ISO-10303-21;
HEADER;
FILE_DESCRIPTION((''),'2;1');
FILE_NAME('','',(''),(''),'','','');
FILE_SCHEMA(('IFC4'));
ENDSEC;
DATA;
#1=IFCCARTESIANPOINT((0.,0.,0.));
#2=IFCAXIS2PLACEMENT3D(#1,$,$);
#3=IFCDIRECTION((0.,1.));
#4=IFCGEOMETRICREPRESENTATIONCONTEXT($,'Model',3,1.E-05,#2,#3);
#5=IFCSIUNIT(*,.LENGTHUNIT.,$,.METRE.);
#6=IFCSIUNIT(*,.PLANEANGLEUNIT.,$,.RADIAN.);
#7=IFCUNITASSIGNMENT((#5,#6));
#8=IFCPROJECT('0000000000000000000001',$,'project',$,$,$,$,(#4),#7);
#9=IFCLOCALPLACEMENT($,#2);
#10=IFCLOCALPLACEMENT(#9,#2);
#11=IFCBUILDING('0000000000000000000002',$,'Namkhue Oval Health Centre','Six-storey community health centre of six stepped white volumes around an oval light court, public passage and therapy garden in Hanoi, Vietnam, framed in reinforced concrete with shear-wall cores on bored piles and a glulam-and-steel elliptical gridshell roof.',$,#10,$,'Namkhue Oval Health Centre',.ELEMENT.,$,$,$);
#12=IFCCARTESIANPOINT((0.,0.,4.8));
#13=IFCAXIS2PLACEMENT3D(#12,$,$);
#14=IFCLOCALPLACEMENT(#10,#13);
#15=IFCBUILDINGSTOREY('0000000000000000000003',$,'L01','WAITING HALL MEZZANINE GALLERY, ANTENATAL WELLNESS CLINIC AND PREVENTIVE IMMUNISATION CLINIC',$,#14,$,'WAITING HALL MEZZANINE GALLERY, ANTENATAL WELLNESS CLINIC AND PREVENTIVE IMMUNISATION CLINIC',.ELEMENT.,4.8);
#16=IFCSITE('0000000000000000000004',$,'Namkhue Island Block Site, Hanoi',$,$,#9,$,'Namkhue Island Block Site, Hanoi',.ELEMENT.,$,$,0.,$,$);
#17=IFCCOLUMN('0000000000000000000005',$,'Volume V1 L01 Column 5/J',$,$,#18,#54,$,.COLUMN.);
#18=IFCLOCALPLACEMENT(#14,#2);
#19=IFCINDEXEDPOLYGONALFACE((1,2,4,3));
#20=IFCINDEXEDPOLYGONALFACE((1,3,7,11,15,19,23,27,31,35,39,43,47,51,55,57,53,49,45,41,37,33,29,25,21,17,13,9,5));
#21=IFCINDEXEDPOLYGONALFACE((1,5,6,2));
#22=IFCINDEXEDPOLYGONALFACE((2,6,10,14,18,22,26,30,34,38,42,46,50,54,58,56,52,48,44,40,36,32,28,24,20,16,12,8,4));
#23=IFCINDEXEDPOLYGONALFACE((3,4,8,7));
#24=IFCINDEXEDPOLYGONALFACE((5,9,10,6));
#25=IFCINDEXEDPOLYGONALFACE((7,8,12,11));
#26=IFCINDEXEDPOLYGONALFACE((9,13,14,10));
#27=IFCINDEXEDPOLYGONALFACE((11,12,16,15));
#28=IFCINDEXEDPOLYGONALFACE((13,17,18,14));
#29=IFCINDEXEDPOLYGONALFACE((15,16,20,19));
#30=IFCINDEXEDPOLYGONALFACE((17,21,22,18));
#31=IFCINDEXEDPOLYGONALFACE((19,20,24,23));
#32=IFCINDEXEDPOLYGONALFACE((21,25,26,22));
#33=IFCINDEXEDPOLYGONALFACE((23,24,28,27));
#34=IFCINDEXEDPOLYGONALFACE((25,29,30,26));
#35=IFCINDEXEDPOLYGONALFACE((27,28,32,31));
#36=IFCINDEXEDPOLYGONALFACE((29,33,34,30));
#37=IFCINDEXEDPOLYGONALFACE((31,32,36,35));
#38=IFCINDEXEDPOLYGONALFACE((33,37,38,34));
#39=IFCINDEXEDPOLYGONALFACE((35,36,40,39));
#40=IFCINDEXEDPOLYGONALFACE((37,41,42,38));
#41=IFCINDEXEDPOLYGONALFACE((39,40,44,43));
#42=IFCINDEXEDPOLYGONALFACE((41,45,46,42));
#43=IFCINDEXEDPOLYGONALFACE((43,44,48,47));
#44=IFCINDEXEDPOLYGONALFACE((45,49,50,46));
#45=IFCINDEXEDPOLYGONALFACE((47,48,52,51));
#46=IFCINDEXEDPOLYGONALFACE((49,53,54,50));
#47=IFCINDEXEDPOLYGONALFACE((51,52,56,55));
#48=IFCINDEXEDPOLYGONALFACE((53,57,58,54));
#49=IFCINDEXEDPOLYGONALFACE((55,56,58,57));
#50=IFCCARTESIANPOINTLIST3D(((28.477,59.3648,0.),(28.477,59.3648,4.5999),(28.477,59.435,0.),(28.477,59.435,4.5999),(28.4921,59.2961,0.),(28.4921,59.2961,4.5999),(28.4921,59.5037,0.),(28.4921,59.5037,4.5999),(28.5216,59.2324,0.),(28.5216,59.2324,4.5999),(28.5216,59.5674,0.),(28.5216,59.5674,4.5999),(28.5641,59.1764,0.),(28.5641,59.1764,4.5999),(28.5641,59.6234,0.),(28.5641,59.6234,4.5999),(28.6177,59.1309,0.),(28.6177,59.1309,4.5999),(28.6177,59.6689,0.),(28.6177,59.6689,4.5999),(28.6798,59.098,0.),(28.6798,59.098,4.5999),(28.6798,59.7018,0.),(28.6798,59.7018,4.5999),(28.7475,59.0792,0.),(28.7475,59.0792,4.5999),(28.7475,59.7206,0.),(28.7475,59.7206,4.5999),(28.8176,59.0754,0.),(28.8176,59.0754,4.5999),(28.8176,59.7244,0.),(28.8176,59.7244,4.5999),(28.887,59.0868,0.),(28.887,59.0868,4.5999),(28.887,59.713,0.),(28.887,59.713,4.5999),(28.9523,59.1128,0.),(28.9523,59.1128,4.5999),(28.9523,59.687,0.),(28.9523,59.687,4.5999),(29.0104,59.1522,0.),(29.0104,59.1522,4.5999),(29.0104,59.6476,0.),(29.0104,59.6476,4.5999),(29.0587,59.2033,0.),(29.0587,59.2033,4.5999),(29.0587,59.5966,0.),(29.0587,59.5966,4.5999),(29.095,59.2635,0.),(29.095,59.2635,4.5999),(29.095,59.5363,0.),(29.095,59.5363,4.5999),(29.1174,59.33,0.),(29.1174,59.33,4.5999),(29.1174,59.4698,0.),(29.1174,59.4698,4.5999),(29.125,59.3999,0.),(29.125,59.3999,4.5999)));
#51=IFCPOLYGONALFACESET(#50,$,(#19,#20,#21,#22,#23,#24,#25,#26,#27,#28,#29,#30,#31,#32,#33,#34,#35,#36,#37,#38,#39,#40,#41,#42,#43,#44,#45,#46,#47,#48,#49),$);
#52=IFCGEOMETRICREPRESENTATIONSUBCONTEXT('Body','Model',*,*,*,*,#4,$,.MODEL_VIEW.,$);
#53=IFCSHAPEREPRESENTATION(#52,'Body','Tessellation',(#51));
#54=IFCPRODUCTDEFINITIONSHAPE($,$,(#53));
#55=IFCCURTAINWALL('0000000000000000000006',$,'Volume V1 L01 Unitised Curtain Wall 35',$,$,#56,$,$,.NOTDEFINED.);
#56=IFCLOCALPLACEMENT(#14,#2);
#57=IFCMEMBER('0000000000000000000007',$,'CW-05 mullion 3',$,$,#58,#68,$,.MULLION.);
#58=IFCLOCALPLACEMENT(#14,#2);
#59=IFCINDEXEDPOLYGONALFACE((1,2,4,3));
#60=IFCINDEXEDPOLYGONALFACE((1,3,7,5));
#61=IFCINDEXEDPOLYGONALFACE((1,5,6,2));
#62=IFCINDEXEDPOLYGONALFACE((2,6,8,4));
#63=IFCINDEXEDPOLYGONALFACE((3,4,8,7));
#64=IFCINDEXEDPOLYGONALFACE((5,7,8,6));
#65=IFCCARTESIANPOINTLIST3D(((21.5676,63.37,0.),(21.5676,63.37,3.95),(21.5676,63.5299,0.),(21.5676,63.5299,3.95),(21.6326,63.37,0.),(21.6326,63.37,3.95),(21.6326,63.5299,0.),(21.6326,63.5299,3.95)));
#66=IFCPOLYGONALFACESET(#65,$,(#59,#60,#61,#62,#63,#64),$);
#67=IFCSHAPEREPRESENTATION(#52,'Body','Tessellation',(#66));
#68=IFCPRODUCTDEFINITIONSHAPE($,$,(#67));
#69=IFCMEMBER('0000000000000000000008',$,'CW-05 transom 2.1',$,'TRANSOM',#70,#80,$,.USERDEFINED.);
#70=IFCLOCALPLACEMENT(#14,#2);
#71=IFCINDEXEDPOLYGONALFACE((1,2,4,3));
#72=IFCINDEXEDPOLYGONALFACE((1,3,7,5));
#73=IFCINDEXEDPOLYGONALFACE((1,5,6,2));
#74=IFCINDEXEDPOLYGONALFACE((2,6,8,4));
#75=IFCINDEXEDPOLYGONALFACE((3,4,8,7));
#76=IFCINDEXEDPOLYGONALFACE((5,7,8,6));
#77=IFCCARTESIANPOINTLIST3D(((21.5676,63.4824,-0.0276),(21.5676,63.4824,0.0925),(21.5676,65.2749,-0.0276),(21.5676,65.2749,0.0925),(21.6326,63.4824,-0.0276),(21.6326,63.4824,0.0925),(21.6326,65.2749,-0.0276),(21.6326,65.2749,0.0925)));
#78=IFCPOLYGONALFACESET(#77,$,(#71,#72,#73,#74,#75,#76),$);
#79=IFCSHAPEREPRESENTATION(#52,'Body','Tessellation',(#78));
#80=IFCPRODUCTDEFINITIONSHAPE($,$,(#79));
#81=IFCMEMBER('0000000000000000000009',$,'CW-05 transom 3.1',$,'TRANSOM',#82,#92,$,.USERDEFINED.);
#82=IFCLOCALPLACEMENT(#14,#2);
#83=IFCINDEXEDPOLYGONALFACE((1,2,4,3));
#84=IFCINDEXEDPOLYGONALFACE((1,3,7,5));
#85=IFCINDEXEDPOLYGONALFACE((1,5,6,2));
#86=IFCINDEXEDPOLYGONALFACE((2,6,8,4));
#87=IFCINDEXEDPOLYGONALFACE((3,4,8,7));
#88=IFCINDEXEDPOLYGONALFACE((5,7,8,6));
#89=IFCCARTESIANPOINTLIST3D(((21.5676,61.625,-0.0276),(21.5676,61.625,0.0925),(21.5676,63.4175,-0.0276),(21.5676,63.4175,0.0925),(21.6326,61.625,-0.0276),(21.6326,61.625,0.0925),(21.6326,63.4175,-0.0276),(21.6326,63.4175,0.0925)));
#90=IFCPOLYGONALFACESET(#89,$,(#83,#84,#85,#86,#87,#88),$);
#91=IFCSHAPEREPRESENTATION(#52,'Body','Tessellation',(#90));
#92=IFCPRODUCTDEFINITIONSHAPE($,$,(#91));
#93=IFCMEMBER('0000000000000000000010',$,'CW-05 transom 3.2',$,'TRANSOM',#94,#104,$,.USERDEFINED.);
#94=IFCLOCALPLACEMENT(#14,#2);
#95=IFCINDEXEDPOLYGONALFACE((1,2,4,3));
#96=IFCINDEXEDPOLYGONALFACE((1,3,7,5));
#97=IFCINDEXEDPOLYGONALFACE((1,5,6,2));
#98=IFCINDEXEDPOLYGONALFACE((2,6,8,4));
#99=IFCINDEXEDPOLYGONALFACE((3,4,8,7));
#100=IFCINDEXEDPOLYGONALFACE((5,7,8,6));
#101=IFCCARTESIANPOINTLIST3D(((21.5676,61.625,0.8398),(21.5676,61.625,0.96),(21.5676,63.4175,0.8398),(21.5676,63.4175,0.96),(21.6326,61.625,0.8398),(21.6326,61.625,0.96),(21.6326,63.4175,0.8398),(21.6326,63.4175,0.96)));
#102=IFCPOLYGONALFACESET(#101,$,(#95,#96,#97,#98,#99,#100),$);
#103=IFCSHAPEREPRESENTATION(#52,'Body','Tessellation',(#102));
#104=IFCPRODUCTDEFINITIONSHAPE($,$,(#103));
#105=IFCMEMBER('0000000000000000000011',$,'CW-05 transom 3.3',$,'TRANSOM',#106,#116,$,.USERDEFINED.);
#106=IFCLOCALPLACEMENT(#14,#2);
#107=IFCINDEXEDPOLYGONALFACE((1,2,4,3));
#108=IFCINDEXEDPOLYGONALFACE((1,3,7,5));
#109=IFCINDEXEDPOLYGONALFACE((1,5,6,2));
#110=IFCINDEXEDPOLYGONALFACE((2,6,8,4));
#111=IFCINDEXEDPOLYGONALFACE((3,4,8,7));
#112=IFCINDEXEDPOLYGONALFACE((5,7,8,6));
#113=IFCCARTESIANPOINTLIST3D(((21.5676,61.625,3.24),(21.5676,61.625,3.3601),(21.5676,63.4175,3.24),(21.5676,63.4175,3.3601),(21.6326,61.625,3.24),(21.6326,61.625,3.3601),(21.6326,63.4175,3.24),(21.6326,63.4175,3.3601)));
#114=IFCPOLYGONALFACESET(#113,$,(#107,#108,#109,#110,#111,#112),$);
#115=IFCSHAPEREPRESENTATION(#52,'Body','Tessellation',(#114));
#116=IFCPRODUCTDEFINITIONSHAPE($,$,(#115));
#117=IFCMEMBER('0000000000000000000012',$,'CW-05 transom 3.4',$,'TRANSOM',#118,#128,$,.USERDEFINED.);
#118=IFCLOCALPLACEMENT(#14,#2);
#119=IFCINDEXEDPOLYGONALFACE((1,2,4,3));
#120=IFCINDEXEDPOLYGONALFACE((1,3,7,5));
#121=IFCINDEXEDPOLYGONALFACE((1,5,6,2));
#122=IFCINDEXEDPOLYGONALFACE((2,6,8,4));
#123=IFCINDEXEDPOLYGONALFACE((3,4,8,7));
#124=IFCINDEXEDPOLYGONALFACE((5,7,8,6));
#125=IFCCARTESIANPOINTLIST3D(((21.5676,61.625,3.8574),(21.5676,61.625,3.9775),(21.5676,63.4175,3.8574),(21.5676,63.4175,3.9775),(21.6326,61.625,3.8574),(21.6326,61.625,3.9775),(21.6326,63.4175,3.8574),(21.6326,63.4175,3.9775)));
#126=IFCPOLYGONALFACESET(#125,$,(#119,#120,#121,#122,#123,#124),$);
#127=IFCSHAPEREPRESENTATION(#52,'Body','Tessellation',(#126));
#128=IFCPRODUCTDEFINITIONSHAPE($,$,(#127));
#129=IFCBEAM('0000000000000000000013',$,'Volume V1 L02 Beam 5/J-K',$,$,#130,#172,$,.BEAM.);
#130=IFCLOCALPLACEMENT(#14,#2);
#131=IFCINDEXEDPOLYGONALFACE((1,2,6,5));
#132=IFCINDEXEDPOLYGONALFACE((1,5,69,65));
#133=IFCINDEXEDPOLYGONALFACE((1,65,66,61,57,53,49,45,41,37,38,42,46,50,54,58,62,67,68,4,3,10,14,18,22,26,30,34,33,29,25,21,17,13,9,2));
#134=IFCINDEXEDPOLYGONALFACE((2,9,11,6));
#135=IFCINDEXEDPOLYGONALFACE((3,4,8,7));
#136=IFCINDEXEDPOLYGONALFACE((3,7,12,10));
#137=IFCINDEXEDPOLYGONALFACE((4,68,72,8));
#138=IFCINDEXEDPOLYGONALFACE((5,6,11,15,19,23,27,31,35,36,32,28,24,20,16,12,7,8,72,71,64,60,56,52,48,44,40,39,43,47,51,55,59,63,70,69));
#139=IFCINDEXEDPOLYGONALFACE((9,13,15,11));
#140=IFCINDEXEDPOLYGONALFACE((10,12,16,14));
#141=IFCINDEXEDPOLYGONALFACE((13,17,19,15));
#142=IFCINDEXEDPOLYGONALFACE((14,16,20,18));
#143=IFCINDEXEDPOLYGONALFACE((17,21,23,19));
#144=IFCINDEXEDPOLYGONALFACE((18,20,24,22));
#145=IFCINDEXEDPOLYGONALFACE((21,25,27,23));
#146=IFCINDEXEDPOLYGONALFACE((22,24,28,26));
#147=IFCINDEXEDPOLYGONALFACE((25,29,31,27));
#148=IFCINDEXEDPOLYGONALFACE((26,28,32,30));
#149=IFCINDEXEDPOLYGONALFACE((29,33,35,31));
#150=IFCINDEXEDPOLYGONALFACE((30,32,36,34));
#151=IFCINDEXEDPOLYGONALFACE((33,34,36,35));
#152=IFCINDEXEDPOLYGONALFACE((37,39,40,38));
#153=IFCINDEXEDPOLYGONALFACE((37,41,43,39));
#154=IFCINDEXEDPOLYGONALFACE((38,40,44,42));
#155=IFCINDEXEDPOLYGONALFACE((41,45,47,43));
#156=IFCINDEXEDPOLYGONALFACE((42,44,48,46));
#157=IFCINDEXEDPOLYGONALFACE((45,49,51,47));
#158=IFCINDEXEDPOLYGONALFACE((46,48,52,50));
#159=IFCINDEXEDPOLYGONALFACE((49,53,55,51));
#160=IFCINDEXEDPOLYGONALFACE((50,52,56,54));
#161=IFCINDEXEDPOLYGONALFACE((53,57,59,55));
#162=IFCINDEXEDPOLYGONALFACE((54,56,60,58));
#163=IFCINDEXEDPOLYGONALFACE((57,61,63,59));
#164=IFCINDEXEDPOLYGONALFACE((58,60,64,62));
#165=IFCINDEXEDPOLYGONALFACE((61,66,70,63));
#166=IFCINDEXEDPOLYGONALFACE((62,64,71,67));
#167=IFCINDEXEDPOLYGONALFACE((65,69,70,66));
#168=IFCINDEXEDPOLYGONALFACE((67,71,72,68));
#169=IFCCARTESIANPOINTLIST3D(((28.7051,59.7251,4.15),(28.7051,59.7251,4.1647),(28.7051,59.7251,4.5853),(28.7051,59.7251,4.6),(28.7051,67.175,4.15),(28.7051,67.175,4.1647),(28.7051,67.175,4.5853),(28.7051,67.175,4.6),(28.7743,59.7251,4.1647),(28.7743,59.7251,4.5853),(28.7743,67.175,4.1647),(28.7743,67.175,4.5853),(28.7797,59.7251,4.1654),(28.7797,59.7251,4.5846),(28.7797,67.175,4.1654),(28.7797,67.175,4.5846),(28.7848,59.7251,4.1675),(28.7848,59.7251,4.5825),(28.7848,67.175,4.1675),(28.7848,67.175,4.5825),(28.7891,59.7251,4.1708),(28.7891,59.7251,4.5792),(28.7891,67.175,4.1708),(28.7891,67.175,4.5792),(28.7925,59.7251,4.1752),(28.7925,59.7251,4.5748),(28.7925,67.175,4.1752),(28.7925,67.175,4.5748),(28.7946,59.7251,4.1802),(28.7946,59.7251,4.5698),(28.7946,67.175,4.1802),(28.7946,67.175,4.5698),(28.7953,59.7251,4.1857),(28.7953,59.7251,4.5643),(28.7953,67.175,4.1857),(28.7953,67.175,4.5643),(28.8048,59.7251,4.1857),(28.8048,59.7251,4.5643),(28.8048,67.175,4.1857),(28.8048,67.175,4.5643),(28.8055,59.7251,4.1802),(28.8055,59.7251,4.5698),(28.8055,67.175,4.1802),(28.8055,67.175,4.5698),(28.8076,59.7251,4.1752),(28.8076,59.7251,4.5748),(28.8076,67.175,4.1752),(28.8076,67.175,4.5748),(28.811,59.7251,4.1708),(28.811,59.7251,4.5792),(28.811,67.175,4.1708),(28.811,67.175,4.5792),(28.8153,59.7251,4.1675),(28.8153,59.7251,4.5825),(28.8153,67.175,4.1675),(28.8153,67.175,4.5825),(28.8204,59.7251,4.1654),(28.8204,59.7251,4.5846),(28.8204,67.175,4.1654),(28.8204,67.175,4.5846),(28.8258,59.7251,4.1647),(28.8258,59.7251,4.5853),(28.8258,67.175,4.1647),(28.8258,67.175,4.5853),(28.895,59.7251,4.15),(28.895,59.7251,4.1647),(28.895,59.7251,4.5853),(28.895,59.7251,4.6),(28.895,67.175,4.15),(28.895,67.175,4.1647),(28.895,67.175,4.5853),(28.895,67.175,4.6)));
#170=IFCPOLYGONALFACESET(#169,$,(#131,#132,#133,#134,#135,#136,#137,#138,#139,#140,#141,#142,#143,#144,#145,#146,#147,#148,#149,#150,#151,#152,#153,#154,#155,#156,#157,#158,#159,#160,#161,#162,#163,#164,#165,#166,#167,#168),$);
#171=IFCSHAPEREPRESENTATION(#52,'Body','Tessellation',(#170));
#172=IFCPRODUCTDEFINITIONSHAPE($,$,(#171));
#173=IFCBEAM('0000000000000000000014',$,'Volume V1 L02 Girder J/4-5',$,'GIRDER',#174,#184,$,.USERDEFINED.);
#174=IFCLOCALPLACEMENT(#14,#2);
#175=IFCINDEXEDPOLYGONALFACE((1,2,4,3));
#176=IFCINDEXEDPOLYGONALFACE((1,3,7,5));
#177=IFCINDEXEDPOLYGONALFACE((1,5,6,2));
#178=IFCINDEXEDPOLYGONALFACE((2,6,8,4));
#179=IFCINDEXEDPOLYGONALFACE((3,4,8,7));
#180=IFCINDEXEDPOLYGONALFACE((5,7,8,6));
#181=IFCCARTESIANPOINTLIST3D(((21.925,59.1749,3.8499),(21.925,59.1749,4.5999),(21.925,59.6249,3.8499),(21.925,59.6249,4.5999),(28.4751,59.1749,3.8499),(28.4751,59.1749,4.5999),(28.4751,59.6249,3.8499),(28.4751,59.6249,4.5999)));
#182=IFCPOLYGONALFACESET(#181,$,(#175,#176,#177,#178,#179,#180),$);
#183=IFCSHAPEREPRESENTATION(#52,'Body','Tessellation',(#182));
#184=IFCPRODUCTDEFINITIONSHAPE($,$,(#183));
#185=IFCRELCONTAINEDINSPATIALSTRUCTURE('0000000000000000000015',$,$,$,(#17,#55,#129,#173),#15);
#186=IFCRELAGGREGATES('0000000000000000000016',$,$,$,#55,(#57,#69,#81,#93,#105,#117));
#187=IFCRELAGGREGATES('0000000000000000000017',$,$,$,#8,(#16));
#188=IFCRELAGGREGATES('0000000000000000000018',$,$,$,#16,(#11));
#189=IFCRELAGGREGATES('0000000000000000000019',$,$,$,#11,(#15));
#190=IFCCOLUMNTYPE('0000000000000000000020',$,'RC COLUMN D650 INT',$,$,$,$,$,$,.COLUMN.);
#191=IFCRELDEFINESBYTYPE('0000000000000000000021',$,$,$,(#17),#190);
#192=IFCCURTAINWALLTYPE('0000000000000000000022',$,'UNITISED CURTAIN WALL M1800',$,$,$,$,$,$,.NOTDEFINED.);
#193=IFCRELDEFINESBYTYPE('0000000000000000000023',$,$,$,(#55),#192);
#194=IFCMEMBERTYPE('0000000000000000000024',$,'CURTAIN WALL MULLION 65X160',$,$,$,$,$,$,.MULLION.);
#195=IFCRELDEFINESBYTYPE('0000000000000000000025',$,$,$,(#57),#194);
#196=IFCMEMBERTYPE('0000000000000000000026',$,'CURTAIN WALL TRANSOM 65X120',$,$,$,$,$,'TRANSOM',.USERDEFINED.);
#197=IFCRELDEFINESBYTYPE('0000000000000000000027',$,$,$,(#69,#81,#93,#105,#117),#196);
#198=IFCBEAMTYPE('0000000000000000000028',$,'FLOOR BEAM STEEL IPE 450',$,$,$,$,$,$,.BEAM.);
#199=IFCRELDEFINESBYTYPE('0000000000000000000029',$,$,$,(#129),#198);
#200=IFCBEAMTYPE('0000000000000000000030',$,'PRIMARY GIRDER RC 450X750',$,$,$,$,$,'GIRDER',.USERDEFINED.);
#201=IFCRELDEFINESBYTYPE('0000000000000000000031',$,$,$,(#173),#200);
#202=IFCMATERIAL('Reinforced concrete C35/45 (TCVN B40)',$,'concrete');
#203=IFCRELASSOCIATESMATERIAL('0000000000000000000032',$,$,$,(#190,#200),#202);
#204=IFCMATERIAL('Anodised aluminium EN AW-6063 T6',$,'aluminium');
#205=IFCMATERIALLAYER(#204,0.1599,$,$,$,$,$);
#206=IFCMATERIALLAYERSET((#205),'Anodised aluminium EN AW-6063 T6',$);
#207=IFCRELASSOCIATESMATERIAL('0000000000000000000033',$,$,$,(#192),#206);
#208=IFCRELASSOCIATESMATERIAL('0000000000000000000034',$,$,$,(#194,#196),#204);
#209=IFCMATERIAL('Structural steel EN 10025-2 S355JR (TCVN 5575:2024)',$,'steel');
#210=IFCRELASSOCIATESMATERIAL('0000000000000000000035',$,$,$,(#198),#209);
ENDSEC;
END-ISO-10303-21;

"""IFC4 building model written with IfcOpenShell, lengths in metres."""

from ifc_helpers import new_model, si_unit, direction, frame, origin, origin_2d, place, context, subcontext, project, spatial, rectangle, circle, i_section, extrude, material, layer, layer_set, material_profile, profile_set, type_object, element, aggregate, save


model = new_model("IFC4")

# Units and contexts
model_context = context("Model", 3, precision=1e-05, world=origin(), true_north=direction((0.0, 1.0)))
body_context = subcontext(model_context, "Body", "Model", "MODEL_VIEW")
ifc_project = project(units=[si_unit("LENGTHUNIT", "METRE"), si_unit("PLANEANGLEUNIT", "RADIAN")], contexts=[model_context])

# Site, building, storey
site_placement = place(None, origin())
site = spatial("IfcSite", under=ifc_project, at=site_placement, Name="Namkhue Island Block Site, Hanoi", LongName="Namkhue Island Block Site, Hanoi", CompositionType="ELEMENT", RefElevation=0.0)
building_placement = place(site_placement, origin())
building = spatial("IfcBuilding", under=site, at=building_placement, Name="Namkhue Oval Health Centre", Description="Six-storey community health centre of six stepped white volumes around an oval light court, public passage and therapy garden in Hanoi, Vietnam, framed in reinforced concrete with shear-wall cores on bored piles and a glulam-and-steel elliptical gridshell roof.", LongName="Namkhue Oval Health Centre", CompositionType="ELEMENT")
storey_placement = place(building_placement, frame((0.0, 0.0, 4.8)))
storey = spatial("IfcBuildingStorey", under=building, at=storey_placement, Name="L01", Description="WAITING HALL MEZZANINE GALLERY, ANTENATAL WELLNESS CLINIC AND PREVENTIVE IMMUNISATION CLINIC", LongName="WAITING HALL MEZZANINE GALLERY, ANTENATAL WELLNESS CLINIC AND PREVENTIVE IMMUNISATION CLINIC", CompositionType="ELEMENT", Elevation=4.8)

# Column
ifc_material_1 = material(Name="Reinforced concrete C35/45 (TCVN B40)", Category="concrete")
ifc_material_profile_1 = material_profile(ifc_material_1, circle(Radius=0.325, at=origin_2d()), Name="RC D650")
ifc_profile_set_1 = profile_set([ifc_material_profile_1], Name="Reinforced concrete C35/45 (TCVN B40)")
column_type = type_object("IfcColumnType", Name="RC COLUMN D650 INT", PredefinedType="COLUMN", material=ifc_profile_set_1)
column_placement = place(storey_placement, frame((28.8, 59.3999, 0.0), z_axis=(0.0, 0.0, 1.0), x_axis=(1.0, 0.0, 0.0)))
element("IfcColumn", 1, at=column_placement, inside=storey, type_object=column_type, Name="Volume V1 L01 Column 5/J", PredefinedType="COLUMN", context=body_context, shape_type="SweptSolid", body=[
    extrude(circle(Radius=0.325, at=origin_2d()), origin(), (0.0, 0.0, 1.0), 4.5999),
])

# Curtain wall, members
ifc_material_2 = material(Name="Anodised aluminium EN AW-6063 T6", Category="aluminium")
ifc_layer_1 = layer(ifc_material_2, 0.1599)
ifc_layer_set_1 = layer_set([ifc_layer_1], Name="Anodised aluminium EN AW-6063 T6")
curtain_wall_type = type_object("IfcCurtainWallType", Name="UNITISED CURTAIN WALL M1800", PredefinedType="NOTDEFINED", material=ifc_layer_set_1)
curtain_wall_placement = place(storey_placement, origin())
curtain_wall = element("IfcCurtainWall", 2, at=curtain_wall_placement, inside=storey, type_object=curtain_wall_type, Name="Volume V1 L01 Unitised Curtain Wall 35", PredefinedType="NOTDEFINED")
ifc_material_profile_2 = material_profile(ifc_material_2, rectangle(XDim=0.0649, YDim=0.1599, at=origin_2d()), Name="ALU 65x160")
ifc_profile_set_2 = profile_set([ifc_material_profile_2], Name="Anodised aluminium EN AW-6063 T6")
member_type_1 = type_object("IfcMemberType", Name="CURTAIN WALL MULLION 65X160", PredefinedType="MULLION", material=ifc_profile_set_2)
member_1_placement = place(storey_placement, frame((21.6001, 63.45, 0.0), z_axis=(0.0, 0.0, 1.0), x_axis=(1.0, 0.0, 0.0)))
member_1 = element("IfcMember", 3, at=member_1_placement, type_object=member_type_1, Name="CW-05 mullion 3", PredefinedType="MULLION", context=body_context, shape_type="SweptSolid", body=[
    extrude(rectangle(XDim=0.0649, YDim=0.1599, at=origin_2d()), origin(), (0.0, 0.0, 1.0), 3.95),
])
ifc_material_profile_3 = material_profile(ifc_material_2, rectangle(XDim=0.0649, YDim=0.1201, at=origin_2d()), Name="ALU 65x120")
ifc_profile_set_3 = profile_set([ifc_material_profile_3], Name="Anodised aluminium EN AW-6063 T6")
member_type_2 = type_object("IfcMemberType", Name="CURTAIN WALL TRANSOM 65X120", ElementType="TRANSOM", PredefinedType="USERDEFINED", material=ifc_profile_set_3)
member_2_placement = place(storey_placement, frame((21.6001, 65.2749, 0.0325), z_axis=(0.0, -1.0, 0.0), x_axis=(1.0, 0.0, 0.0)))
member_2 = element("IfcMember", 4, at=member_2_placement, type_object=member_type_2, Name="CW-05 transom 2.1", ObjectType="TRANSOM", PredefinedType="USERDEFINED", context=body_context, shape_type="SweptSolid", body=[
    extrude(rectangle(XDim=0.0649, YDim=0.1201, at=origin_2d()), origin(), (0.0, 0.0, 1.0), 1.7925),
])
member_3_placement = place(storey_placement, frame((21.6001, 63.4175, 0.0325), z_axis=(0.0, -1.0, 0.0), x_axis=(1.0, 0.0, 0.0)))
member_3 = element("IfcMember", 5, at=member_3_placement, type_object=member_type_2, Name="CW-05 transom 3.1", ObjectType="TRANSOM", PredefinedType="USERDEFINED", context=body_context, shape_type="SweptSolid", body=[
    extrude(rectangle(XDim=0.0649, YDim=0.1201, at=origin_2d()), origin(), (0.0, 0.0, 1.0), 1.7925),
])
member_4_placement = place(storey_placement, frame((21.6001, 63.4175, 0.8999), z_axis=(0.0, -1.0, 0.0), x_axis=(1.0, 0.0, 0.0)))
member_4 = element("IfcMember", 6, at=member_4_placement, type_object=member_type_2, Name="CW-05 transom 3.2", ObjectType="TRANSOM", PredefinedType="USERDEFINED", context=body_context, shape_type="SweptSolid", body=[
    extrude(rectangle(XDim=0.0649, YDim=0.1201, at=origin_2d()), origin(), (0.0, 0.0, 1.0), 1.7925),
])
member_5_placement = place(storey_placement, frame((21.6001, 63.4175, 3.3), z_axis=(0.0, -1.0, 0.0), x_axis=(1.0, 0.0, 0.0)))
member_5 = element("IfcMember", 7, at=member_5_placement, type_object=member_type_2, Name="CW-05 transom 3.3", ObjectType="TRANSOM", PredefinedType="USERDEFINED", context=body_context, shape_type="SweptSolid", body=[
    extrude(rectangle(XDim=0.0649, YDim=0.1201, at=origin_2d()), origin(), (0.0, 0.0, 1.0), 1.7925),
])
member_6_placement = place(storey_placement, frame((21.6001, 63.4175, 3.9175), z_axis=(0.0, -1.0, 0.0), x_axis=(1.0, 0.0, 0.0)))
member_6 = element("IfcMember", 8, at=member_6_placement, type_object=member_type_2, Name="CW-05 transom 3.4", ObjectType="TRANSOM", PredefinedType="USERDEFINED", context=body_context, shape_type="SweptSolid", body=[
    extrude(rectangle(XDim=0.0649, YDim=0.1201, at=origin_2d()), origin(), (0.0, 0.0, 1.0), 1.7925),
])

# Beams
ifc_material_3 = material(Name="Structural steel EN 10025-2 S355JR (TCVN 5575:2024)", Category="steel")
ifc_material_profile_4 = material_profile(ifc_material_3, i_section(OverallWidth=0.1899, OverallDepth=0.45, WebThickness=0.0095, FlangeThickness=0.0146, FilletRadius=0.021, at=origin_2d()), Name="IPE 450")
ifc_profile_set_4 = profile_set([ifc_material_profile_4], Name="Structural steel EN 10025-2 S355JR (TCVN 5575:2024)")
beam_type_1 = type_object("IfcBeamType", Name="FLOOR BEAM STEEL IPE 450", PredefinedType="BEAM", material=ifc_profile_set_4)
beam_1_placement = place(storey_placement, frame((28.8, 59.7251, 4.375), z_axis=(0.0, 1.0, 0.0), x_axis=(-1.0, 0.0, 0.0)))
element("IfcBeam", 9, at=beam_1_placement, inside=storey, type_object=beam_type_1, Name="Volume V1 L02 Beam 5/J-K", PredefinedType="BEAM", context=body_context, shape_type="SweptSolid", body=[
    extrude(i_section(OverallWidth=0.1899, OverallDepth=0.45, WebThickness=0.0095, FlangeThickness=0.0146, FilletRadius=0.021, at=origin_2d()), origin(), (0.0, 0.0, 1.0), 7.45),
])
ifc_material_profile_5 = material_profile(ifc_material_1, rectangle(XDim=0.45, YDim=0.75, at=origin_2d()), Name="RC 450x750")
ifc_profile_set_5 = profile_set([ifc_material_profile_5], Name="Reinforced concrete C35/45 (TCVN B40)")
beam_type_2 = type_object("IfcBeamType", Name="PRIMARY GIRDER RC 450X750", ElementType="GIRDER", PredefinedType="USERDEFINED", material=ifc_profile_set_5)
beam_2_placement = place(storey_placement, frame((21.925, 59.3999, 4.2249), z_axis=(1.0, 0.0, 0.0), x_axis=(0.0, 1.0, 0.0)))
element("IfcBeam", 10, at=beam_2_placement, inside=storey, type_object=beam_type_2, Name="Volume V1 L02 Girder J/4-5", ObjectType="GIRDER", PredefinedType="USERDEFINED", context=body_context, shape_type="SweptSolid", body=[
    extrude(rectangle(XDim=0.45, YDim=0.75, at=origin_2d()), origin(), (0.0, 0.0, 1.0), 6.55),
])

aggregate(curtain_wall, [member_1, member_2, member_3, member_4, member_5, member_6])

save(model, "model.ifc")
